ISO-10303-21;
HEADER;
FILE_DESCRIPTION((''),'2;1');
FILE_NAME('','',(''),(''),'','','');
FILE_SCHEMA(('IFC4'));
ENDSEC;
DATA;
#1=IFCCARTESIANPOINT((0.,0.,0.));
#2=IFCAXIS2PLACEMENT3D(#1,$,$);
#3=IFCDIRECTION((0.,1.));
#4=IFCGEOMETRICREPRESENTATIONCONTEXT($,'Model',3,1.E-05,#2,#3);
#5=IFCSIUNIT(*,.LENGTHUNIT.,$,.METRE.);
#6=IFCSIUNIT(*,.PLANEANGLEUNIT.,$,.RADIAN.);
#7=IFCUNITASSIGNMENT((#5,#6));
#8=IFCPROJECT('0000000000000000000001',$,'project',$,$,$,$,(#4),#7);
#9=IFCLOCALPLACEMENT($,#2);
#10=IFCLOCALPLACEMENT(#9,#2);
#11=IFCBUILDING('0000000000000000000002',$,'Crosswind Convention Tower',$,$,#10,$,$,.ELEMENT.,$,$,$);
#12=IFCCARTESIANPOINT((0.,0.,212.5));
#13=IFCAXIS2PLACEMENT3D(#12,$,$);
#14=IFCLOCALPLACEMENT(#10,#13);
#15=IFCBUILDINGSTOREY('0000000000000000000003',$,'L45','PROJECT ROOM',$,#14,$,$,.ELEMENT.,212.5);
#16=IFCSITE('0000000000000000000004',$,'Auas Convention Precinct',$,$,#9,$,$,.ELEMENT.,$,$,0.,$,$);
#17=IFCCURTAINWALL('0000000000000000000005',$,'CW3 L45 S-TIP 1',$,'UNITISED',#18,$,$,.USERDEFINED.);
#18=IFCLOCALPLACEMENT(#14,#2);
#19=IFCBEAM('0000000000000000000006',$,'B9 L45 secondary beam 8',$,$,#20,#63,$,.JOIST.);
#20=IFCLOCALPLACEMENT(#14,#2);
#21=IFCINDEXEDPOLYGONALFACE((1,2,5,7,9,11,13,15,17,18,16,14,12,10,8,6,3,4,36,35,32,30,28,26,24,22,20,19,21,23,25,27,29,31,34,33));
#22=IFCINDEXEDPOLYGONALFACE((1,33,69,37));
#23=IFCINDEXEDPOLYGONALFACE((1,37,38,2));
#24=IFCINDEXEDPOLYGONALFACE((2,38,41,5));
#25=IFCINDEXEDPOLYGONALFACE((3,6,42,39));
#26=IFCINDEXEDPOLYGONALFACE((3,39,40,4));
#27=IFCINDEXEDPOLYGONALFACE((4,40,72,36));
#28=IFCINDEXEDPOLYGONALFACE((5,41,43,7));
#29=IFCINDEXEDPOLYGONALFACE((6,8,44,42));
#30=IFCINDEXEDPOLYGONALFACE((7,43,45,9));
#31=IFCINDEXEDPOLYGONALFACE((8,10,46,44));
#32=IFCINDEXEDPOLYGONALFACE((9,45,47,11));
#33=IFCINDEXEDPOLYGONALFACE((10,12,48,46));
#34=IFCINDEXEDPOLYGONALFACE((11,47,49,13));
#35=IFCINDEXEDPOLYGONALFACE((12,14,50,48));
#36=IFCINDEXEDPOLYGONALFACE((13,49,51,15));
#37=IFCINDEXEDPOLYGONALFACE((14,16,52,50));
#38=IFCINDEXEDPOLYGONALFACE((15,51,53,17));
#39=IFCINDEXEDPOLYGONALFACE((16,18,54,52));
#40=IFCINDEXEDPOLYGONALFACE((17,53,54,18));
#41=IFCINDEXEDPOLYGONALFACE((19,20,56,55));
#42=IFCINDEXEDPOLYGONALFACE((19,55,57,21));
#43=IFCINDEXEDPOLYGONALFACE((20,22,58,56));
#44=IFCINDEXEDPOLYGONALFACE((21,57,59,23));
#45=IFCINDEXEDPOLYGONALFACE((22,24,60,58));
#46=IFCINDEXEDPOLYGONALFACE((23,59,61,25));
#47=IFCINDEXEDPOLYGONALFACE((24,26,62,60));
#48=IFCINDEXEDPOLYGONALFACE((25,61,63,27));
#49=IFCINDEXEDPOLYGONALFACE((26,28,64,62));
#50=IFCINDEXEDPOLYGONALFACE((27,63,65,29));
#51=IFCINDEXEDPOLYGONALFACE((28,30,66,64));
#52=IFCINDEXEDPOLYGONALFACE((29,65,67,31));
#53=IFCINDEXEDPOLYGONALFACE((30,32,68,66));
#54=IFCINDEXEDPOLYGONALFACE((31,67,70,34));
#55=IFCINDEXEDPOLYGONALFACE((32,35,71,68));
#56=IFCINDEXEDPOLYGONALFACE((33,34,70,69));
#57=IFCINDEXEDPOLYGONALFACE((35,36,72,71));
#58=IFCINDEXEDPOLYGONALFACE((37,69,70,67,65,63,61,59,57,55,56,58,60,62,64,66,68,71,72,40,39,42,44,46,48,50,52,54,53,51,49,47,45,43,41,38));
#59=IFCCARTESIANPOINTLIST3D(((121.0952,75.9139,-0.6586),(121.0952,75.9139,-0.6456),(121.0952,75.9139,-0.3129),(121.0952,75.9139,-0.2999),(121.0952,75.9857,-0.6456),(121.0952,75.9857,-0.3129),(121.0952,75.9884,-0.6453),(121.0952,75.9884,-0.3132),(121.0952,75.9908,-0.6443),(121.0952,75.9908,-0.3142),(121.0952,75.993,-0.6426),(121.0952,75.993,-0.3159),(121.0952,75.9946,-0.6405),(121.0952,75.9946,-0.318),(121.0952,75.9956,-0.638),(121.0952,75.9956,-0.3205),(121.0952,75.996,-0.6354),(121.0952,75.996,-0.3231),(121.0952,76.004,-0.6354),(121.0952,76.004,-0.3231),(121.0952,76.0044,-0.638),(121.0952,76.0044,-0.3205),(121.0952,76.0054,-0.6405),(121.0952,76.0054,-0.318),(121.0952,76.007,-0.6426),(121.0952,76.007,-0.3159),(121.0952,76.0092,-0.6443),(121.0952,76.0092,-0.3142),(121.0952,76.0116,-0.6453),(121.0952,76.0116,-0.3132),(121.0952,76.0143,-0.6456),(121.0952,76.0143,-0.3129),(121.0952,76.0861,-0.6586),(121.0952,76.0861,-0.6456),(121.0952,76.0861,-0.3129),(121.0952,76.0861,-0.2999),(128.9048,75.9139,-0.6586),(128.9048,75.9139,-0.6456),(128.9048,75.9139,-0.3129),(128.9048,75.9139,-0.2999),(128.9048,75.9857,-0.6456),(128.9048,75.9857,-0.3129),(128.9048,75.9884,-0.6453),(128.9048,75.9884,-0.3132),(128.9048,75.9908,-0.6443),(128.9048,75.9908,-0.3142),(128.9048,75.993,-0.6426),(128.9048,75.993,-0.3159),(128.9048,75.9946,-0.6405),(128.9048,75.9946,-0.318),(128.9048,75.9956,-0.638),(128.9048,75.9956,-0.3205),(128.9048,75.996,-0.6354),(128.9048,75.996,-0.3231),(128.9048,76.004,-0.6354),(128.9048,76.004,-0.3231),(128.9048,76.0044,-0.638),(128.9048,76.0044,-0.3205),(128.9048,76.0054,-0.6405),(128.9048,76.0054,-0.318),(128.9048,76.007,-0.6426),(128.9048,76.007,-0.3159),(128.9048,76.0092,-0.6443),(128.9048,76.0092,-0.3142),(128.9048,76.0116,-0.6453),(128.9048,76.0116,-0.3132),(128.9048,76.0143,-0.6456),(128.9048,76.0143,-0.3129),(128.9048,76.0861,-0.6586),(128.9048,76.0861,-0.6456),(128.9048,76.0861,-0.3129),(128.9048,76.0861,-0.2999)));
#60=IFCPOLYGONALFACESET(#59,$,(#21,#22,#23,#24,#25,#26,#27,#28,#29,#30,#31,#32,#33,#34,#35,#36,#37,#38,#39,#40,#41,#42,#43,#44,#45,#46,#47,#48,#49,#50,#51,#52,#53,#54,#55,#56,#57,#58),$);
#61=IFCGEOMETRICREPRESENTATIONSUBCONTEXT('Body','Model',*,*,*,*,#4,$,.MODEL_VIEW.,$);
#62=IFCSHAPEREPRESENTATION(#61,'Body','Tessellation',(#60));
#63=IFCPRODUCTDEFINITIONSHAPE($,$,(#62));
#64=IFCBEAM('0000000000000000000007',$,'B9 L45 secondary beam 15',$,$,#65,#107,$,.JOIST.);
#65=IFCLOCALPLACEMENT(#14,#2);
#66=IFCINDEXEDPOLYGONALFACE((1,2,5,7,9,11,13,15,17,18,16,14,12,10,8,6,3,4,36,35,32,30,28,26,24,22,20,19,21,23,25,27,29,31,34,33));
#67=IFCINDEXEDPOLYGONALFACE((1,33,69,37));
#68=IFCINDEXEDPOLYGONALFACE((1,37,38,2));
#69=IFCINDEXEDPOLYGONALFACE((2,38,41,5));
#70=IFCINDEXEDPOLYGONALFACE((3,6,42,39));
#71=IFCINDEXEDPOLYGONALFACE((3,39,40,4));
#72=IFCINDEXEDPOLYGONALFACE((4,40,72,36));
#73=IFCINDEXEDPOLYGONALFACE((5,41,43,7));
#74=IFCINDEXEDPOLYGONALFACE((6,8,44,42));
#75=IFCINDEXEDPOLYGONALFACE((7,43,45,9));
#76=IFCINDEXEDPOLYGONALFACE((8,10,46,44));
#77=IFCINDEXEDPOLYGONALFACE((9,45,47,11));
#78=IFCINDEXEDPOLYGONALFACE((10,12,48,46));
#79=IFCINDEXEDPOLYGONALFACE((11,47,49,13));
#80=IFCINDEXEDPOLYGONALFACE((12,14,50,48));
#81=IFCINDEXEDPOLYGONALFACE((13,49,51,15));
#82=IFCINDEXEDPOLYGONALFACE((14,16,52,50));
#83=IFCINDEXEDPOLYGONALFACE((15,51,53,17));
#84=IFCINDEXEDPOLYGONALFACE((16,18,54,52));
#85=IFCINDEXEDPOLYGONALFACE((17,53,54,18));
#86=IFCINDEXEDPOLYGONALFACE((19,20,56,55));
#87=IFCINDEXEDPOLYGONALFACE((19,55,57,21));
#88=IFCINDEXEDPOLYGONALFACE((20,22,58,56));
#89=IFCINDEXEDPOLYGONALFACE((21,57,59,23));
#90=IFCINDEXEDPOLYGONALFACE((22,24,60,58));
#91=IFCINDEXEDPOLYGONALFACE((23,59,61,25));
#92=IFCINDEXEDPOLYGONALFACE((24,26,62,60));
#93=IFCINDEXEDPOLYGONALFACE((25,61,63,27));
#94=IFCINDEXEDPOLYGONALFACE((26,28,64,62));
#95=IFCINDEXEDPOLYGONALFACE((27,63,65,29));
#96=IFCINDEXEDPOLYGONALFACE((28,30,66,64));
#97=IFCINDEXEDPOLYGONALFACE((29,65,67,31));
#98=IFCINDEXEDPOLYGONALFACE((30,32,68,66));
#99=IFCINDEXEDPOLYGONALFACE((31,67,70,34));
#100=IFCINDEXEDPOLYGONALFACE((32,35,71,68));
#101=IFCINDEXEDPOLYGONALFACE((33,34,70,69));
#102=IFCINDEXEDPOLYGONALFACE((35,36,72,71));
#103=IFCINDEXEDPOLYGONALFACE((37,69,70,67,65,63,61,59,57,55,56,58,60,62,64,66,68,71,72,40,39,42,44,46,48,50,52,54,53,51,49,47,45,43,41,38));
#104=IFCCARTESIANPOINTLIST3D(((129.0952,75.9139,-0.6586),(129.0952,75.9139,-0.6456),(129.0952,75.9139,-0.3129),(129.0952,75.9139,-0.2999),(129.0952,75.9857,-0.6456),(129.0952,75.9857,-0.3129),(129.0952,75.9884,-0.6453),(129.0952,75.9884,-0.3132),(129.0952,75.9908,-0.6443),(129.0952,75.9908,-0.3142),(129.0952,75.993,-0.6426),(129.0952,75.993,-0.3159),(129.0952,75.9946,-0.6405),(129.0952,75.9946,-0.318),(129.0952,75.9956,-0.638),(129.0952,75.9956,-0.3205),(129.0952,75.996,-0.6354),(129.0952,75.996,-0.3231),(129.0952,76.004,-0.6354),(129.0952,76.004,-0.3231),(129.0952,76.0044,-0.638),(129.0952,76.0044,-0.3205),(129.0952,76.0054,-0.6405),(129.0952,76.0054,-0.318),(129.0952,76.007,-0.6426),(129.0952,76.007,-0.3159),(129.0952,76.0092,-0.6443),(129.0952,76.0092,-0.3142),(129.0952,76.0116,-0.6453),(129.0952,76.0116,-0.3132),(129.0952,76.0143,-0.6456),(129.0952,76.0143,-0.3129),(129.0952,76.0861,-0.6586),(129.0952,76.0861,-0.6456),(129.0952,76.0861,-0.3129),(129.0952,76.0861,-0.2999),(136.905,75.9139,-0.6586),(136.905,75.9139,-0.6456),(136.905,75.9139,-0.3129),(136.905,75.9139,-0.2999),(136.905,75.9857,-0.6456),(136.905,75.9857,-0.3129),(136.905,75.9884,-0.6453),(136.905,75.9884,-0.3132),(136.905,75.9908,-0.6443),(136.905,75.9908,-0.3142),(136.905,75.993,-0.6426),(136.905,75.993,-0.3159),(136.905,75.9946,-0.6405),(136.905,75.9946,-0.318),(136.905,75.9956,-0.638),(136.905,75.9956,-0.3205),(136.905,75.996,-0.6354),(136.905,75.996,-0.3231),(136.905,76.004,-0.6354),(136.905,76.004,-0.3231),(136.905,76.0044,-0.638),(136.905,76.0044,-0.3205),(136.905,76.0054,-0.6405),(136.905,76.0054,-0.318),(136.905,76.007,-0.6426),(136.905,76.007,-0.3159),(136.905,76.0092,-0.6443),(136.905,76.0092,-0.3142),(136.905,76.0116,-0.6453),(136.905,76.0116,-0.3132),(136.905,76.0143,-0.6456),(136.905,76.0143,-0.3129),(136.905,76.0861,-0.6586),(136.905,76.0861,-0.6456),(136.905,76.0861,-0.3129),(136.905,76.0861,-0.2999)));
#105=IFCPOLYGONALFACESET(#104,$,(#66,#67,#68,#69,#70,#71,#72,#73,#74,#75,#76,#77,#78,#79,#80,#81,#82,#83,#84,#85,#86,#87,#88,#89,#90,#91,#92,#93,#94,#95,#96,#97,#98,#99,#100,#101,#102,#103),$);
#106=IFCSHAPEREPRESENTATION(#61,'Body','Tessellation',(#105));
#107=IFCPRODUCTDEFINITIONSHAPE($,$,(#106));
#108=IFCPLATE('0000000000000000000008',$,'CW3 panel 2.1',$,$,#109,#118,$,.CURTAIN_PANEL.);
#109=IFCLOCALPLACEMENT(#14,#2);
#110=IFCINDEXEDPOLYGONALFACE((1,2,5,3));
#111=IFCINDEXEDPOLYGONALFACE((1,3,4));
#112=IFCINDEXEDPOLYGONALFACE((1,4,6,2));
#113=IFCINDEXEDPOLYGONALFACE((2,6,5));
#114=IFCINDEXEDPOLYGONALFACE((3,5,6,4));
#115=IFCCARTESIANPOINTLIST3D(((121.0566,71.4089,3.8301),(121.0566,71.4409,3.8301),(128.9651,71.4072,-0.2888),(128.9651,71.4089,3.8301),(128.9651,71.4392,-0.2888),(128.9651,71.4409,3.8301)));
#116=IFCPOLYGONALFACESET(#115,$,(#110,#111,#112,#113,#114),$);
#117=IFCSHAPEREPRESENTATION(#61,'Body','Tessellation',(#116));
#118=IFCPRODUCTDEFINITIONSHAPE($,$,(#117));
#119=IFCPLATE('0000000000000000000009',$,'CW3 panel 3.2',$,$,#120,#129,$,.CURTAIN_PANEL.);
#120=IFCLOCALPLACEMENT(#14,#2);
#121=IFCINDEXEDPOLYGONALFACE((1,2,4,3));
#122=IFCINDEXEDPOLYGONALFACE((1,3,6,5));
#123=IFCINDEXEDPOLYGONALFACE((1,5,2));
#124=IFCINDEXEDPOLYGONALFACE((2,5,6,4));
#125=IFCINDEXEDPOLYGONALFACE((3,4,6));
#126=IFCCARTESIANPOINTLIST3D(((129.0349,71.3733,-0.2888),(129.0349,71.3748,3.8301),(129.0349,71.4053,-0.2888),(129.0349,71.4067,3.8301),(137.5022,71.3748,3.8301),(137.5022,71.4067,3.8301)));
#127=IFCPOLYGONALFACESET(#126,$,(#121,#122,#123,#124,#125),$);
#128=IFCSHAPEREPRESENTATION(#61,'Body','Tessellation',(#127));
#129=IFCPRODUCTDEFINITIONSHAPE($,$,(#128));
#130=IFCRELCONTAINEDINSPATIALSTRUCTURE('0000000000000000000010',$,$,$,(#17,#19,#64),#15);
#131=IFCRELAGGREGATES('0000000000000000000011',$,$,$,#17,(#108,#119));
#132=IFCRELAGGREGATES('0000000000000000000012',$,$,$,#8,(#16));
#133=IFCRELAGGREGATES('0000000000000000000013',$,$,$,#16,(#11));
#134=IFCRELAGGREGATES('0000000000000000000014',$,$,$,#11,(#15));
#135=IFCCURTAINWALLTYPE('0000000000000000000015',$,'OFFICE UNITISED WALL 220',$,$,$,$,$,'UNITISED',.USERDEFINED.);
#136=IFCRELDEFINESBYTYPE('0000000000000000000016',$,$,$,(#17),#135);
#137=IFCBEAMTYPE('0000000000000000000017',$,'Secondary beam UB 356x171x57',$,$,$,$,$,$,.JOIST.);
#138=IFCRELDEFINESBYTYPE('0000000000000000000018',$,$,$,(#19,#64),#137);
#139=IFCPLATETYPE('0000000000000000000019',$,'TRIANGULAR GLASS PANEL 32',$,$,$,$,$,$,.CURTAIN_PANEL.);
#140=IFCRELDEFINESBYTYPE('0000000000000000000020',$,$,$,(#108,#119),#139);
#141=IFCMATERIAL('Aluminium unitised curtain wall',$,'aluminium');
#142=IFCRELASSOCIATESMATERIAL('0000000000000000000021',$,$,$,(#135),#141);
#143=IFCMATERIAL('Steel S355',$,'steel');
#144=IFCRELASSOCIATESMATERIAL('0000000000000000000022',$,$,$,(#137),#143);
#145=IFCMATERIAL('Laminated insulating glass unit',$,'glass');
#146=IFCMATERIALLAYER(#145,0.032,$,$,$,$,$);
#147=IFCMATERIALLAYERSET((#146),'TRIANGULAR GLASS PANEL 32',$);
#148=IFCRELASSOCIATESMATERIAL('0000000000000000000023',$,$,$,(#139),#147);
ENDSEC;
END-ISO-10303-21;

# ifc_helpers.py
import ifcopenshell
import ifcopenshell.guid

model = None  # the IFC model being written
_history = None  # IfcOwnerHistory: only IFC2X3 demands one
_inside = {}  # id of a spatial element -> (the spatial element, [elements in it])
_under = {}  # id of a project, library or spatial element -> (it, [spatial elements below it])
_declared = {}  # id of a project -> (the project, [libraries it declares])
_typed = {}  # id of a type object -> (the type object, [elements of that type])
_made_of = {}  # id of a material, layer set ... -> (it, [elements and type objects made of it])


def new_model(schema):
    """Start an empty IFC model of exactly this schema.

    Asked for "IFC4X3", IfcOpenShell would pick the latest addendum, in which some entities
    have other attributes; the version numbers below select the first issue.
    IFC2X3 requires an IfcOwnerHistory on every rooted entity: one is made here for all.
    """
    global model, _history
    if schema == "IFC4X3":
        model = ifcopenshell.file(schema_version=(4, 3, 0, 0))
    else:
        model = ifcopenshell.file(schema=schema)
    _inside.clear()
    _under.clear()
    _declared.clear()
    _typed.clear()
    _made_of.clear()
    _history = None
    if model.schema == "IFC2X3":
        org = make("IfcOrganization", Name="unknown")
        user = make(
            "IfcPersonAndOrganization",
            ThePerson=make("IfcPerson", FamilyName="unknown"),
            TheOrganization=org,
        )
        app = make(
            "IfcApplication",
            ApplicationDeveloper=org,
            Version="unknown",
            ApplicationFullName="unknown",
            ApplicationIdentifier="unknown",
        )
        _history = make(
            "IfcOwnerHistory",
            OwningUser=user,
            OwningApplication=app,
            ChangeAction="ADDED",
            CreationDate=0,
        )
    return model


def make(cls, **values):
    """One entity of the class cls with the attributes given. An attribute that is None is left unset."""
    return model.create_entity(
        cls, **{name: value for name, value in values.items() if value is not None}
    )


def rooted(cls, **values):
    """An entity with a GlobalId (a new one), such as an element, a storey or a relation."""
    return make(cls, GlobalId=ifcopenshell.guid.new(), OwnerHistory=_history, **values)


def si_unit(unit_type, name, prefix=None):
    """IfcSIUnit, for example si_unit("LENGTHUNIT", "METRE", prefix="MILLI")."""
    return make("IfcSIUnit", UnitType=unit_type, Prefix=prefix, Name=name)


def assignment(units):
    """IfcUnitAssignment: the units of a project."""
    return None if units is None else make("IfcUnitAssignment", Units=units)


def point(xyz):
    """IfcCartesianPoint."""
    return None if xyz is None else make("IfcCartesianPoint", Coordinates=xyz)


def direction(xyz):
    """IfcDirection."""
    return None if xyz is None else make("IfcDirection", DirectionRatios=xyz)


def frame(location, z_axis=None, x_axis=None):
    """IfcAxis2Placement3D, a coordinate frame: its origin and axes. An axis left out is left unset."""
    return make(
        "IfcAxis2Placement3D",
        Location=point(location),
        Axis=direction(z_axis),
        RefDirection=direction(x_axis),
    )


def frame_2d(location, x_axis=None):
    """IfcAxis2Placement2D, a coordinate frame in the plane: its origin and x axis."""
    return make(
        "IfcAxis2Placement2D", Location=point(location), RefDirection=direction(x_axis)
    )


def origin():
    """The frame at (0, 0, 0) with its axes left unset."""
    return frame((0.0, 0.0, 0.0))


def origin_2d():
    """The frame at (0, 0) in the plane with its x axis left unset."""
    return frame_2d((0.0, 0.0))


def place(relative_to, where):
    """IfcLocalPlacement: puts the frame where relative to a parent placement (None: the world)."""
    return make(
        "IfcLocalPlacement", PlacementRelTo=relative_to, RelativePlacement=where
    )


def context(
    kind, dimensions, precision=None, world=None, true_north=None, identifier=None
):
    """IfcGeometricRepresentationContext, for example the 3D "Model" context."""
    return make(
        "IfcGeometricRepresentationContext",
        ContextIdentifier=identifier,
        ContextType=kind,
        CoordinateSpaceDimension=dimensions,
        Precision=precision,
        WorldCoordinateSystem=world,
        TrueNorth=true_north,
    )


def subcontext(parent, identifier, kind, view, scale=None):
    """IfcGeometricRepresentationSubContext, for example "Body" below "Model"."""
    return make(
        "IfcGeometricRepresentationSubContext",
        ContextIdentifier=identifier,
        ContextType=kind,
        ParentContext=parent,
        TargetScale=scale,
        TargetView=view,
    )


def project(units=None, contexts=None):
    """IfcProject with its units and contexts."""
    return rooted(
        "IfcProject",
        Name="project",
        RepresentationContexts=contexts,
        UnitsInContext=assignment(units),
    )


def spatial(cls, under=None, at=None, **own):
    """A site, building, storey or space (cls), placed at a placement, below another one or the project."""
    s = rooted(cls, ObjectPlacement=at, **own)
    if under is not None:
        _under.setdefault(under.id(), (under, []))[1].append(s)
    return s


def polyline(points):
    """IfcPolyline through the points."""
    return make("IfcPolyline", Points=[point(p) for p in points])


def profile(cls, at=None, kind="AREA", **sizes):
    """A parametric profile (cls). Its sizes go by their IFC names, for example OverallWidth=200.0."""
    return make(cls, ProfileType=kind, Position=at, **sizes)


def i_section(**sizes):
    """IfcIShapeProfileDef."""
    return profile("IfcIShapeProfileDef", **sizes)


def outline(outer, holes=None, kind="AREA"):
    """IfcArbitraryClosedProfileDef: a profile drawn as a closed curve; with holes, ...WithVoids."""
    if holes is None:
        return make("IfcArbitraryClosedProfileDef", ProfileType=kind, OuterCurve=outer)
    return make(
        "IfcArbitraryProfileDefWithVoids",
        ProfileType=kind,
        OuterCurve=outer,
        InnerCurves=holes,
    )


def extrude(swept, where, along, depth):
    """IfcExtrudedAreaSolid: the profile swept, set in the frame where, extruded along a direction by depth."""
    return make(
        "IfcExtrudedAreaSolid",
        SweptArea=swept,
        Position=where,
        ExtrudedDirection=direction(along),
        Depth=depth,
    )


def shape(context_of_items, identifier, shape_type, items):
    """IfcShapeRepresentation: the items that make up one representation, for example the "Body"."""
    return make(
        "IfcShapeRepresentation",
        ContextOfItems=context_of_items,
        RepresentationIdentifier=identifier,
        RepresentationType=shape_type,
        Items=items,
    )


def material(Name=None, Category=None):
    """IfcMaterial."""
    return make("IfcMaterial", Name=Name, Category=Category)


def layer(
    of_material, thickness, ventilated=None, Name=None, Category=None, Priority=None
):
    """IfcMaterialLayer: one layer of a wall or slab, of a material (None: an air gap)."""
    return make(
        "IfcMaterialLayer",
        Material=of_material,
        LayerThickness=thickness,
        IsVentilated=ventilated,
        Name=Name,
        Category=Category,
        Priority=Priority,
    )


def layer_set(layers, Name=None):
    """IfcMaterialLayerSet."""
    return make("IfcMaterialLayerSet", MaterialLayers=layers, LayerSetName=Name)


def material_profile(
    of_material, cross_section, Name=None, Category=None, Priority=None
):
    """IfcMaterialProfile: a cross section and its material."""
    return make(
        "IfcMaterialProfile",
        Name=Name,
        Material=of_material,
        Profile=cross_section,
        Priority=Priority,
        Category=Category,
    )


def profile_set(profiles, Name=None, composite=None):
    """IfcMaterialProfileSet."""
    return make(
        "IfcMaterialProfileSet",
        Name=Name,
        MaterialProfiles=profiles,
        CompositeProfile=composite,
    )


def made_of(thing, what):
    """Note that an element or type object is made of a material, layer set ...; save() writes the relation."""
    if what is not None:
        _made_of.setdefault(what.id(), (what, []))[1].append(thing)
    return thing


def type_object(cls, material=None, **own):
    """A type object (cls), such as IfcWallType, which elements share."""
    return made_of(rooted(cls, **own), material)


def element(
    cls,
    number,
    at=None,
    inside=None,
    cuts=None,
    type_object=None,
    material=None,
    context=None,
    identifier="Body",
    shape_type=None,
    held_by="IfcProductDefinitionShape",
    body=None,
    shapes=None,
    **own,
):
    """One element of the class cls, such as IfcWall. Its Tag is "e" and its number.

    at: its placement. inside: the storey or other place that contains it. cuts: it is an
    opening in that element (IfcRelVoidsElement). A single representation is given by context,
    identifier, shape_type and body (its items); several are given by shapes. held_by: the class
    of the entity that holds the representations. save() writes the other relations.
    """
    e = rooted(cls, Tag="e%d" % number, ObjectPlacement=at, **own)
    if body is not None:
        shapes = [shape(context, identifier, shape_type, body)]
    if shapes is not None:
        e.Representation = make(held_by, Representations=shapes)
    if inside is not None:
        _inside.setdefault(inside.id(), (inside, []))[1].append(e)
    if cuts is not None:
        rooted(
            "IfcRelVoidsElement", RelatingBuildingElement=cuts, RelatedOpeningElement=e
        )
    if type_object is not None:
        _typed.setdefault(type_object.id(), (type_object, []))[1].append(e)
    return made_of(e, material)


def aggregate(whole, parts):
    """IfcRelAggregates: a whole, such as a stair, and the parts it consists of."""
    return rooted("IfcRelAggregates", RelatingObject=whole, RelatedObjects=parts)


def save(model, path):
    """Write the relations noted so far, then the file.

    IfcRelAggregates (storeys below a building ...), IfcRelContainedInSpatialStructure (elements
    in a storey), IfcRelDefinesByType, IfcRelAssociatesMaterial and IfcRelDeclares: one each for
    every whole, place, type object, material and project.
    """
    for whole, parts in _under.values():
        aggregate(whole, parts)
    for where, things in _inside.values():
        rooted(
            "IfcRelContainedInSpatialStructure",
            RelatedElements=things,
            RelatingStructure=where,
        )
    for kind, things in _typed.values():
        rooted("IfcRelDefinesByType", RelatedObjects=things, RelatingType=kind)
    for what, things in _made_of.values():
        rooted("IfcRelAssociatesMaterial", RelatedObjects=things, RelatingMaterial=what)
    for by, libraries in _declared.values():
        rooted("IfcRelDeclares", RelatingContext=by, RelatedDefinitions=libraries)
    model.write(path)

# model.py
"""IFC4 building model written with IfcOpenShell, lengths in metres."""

from ifc_helpers import new_model, si_unit, direction, frame, origin, origin_2d, place, context, subcontext, project, spatial, polyline, i_section, outline, extrude, material, layer, layer_set, material_profile, profile_set, type_object, element, aggregate, save


model = new_model("IFC4")

# Units and contexts
model_context = context("Model", 3, precision=1e-05, world=origin(), true_north=direction((0.0, 1.0)))
body_context = subcontext(model_context, "Body", "Model", "MODEL_VIEW")
ifc_project = project(units=[si_unit("LENGTHUNIT", "METRE"), si_unit("PLANEANGLEUNIT", "RADIAN")], contexts=[model_context])

# Site, building, storey
site_placement = place(None, origin())
site = spatial("IfcSite", under=ifc_project, at=site_placement, Name="Auas Convention Precinct", CompositionType="ELEMENT", RefElevation=0.0)
building_placement = place(site_placement, origin())
building = spatial("IfcBuilding", under=site, at=building_placement, Name="Crosswind Convention Tower", CompositionType="ELEMENT")
storey_placement = place(building_placement, frame((0.0, 0.0, 212.5)))
storey = spatial("IfcBuildingStorey", under=building, at=storey_placement, Name="L45", Description="PROJECT ROOM", CompositionType="ELEMENT", Elevation=212.5)

# Shared definitions
ifc_material_1 = material(Name="Steel S355", Category="steel")

# Curtain wall
ifc_material_2 = material(Name="Aluminium unitised curtain wall", Category="aluminium")
curtain_wall_type = type_object("IfcCurtainWallType", Name="OFFICE UNITISED WALL 220", ElementType="UNITISED", PredefinedType="USERDEFINED", material=ifc_material_2)
curtain_wall_placement = place(storey_placement, origin())
curtain_wall = element("IfcCurtainWall", 1, at=curtain_wall_placement, inside=storey, type_object=curtain_wall_type, Name="CW3 L45 S-TIP 1", ObjectType="UNITISED", PredefinedType="USERDEFINED")

# Beams
ifc_material_profile_1 = material_profile(ifc_material_1, i_section(OverallWidth=0.1721, OverallDepth=0.3586, WebThickness=0.0081, FlangeThickness=0.0129, FilletRadius=0.0103, at=origin_2d()), Name="UB 356x171x57")
ifc_profile_set_1 = profile_set([ifc_material_profile_1], Name="Steel S355")
beam_type_1 = type_object("IfcBeamType", Name="Secondary beam UB 356x171x57", PredefinedType="JOIST", material=ifc_profile_set_1)
beam_1_placement = place(storey_placement, frame((121.0952, 76.0, -0.4792), z_axis=(1.0, 0.0, 0.0), x_axis=(0.0, 1.0, 0.0)))
element("IfcBeam", 2, at=beam_1_placement, inside=storey, type_object=beam_type_1, Name="B9 L45 secondary beam 8", PredefinedType="JOIST", context=body_context, shape_type="SweptSolid", body=[
    extrude(i_section(OverallWidth=0.1721, OverallDepth=0.3586, WebThickness=0.0081, FlangeThickness=0.0129, FilletRadius=0.0103, at=origin_2d()), origin(), (0.0, 0.0, 1.0), 7.8096),
])
beam_2_placement = place(storey_placement, frame((129.0952, 76.0, -0.4792), z_axis=(1.0, 0.0, 0.0), x_axis=(0.0, 1.0, 0.0)))
element("IfcBeam", 3, at=beam_2_placement, inside=storey, type_object=beam_type_1, Name="B9 L45 secondary beam 15", PredefinedType="JOIST", context=body_context, shape_type="SweptSolid", body=[
    extrude(i_section(OverallWidth=0.1721, OverallDepth=0.3586, WebThickness=0.0081, FlangeThickness=0.0129, FilletRadius=0.0103, at=origin_2d()), origin(), (0.0, 0.0, 1.0), 7.8098),
])

# Plates
ifc_material_3 = material(Name="Laminated insulating glass unit", Category="glass")
ifc_layer_1 = layer(ifc_material_3, 0.032)
ifc_layer_set_1 = layer_set([ifc_layer_1], Name="TRIANGULAR GLASS PANEL 32")
plate_type = type_object("IfcPlateType", Name="TRIANGULAR GLASS PANEL 32", PredefinedType="CURTAIN_PANEL", material=ifc_layer_set_1)
plate_1_placement = place(storey_placement, frame((128.9651, 71.4089, 3.8301), z_axis=(0.0, -1.0, 0.000415), x_axis=(-1.0, 0.0, 0.0)))
plate_1 = element("IfcPlate", 4, at=plate_1_placement, type_object=plate_type, Name="CW3 panel 2.1", PredefinedType="CURTAIN_PANEL", context=body_context, shape_type="SweptSolid", body=[
    extrude(outline(polyline([(0.0, 0.0), (7.9084, 0.0), (0.0, 4.1189), (0.0, 0.0)])), origin(), (0.0, 0.0, -1.0), 0.032),
])
plate_2_placement = place(storey_placement, frame((129.0349, 71.3748, 3.8301), z_axis=(0.0, -1.0, 0.000356), x_axis=(0.0, -0.000356, -1.0)))
plate_2 = element("IfcPlate", 5, at=plate_2_placement, type_object=plate_type, Name="CW3 panel 3.2", PredefinedType="CURTAIN_PANEL", context=body_context, shape_type="SweptSolid", body=[
    extrude(outline(polyline([(0.0, 0.0), (4.1189, 0.0), (0.0, 8.4673), (0.0, 0.0)])), origin(), (0.0, 0.0, -1.0), 0.032),
])
aggregate(curtain_wall, [plate_1, plate_2])

save(model, "model.ifc")
